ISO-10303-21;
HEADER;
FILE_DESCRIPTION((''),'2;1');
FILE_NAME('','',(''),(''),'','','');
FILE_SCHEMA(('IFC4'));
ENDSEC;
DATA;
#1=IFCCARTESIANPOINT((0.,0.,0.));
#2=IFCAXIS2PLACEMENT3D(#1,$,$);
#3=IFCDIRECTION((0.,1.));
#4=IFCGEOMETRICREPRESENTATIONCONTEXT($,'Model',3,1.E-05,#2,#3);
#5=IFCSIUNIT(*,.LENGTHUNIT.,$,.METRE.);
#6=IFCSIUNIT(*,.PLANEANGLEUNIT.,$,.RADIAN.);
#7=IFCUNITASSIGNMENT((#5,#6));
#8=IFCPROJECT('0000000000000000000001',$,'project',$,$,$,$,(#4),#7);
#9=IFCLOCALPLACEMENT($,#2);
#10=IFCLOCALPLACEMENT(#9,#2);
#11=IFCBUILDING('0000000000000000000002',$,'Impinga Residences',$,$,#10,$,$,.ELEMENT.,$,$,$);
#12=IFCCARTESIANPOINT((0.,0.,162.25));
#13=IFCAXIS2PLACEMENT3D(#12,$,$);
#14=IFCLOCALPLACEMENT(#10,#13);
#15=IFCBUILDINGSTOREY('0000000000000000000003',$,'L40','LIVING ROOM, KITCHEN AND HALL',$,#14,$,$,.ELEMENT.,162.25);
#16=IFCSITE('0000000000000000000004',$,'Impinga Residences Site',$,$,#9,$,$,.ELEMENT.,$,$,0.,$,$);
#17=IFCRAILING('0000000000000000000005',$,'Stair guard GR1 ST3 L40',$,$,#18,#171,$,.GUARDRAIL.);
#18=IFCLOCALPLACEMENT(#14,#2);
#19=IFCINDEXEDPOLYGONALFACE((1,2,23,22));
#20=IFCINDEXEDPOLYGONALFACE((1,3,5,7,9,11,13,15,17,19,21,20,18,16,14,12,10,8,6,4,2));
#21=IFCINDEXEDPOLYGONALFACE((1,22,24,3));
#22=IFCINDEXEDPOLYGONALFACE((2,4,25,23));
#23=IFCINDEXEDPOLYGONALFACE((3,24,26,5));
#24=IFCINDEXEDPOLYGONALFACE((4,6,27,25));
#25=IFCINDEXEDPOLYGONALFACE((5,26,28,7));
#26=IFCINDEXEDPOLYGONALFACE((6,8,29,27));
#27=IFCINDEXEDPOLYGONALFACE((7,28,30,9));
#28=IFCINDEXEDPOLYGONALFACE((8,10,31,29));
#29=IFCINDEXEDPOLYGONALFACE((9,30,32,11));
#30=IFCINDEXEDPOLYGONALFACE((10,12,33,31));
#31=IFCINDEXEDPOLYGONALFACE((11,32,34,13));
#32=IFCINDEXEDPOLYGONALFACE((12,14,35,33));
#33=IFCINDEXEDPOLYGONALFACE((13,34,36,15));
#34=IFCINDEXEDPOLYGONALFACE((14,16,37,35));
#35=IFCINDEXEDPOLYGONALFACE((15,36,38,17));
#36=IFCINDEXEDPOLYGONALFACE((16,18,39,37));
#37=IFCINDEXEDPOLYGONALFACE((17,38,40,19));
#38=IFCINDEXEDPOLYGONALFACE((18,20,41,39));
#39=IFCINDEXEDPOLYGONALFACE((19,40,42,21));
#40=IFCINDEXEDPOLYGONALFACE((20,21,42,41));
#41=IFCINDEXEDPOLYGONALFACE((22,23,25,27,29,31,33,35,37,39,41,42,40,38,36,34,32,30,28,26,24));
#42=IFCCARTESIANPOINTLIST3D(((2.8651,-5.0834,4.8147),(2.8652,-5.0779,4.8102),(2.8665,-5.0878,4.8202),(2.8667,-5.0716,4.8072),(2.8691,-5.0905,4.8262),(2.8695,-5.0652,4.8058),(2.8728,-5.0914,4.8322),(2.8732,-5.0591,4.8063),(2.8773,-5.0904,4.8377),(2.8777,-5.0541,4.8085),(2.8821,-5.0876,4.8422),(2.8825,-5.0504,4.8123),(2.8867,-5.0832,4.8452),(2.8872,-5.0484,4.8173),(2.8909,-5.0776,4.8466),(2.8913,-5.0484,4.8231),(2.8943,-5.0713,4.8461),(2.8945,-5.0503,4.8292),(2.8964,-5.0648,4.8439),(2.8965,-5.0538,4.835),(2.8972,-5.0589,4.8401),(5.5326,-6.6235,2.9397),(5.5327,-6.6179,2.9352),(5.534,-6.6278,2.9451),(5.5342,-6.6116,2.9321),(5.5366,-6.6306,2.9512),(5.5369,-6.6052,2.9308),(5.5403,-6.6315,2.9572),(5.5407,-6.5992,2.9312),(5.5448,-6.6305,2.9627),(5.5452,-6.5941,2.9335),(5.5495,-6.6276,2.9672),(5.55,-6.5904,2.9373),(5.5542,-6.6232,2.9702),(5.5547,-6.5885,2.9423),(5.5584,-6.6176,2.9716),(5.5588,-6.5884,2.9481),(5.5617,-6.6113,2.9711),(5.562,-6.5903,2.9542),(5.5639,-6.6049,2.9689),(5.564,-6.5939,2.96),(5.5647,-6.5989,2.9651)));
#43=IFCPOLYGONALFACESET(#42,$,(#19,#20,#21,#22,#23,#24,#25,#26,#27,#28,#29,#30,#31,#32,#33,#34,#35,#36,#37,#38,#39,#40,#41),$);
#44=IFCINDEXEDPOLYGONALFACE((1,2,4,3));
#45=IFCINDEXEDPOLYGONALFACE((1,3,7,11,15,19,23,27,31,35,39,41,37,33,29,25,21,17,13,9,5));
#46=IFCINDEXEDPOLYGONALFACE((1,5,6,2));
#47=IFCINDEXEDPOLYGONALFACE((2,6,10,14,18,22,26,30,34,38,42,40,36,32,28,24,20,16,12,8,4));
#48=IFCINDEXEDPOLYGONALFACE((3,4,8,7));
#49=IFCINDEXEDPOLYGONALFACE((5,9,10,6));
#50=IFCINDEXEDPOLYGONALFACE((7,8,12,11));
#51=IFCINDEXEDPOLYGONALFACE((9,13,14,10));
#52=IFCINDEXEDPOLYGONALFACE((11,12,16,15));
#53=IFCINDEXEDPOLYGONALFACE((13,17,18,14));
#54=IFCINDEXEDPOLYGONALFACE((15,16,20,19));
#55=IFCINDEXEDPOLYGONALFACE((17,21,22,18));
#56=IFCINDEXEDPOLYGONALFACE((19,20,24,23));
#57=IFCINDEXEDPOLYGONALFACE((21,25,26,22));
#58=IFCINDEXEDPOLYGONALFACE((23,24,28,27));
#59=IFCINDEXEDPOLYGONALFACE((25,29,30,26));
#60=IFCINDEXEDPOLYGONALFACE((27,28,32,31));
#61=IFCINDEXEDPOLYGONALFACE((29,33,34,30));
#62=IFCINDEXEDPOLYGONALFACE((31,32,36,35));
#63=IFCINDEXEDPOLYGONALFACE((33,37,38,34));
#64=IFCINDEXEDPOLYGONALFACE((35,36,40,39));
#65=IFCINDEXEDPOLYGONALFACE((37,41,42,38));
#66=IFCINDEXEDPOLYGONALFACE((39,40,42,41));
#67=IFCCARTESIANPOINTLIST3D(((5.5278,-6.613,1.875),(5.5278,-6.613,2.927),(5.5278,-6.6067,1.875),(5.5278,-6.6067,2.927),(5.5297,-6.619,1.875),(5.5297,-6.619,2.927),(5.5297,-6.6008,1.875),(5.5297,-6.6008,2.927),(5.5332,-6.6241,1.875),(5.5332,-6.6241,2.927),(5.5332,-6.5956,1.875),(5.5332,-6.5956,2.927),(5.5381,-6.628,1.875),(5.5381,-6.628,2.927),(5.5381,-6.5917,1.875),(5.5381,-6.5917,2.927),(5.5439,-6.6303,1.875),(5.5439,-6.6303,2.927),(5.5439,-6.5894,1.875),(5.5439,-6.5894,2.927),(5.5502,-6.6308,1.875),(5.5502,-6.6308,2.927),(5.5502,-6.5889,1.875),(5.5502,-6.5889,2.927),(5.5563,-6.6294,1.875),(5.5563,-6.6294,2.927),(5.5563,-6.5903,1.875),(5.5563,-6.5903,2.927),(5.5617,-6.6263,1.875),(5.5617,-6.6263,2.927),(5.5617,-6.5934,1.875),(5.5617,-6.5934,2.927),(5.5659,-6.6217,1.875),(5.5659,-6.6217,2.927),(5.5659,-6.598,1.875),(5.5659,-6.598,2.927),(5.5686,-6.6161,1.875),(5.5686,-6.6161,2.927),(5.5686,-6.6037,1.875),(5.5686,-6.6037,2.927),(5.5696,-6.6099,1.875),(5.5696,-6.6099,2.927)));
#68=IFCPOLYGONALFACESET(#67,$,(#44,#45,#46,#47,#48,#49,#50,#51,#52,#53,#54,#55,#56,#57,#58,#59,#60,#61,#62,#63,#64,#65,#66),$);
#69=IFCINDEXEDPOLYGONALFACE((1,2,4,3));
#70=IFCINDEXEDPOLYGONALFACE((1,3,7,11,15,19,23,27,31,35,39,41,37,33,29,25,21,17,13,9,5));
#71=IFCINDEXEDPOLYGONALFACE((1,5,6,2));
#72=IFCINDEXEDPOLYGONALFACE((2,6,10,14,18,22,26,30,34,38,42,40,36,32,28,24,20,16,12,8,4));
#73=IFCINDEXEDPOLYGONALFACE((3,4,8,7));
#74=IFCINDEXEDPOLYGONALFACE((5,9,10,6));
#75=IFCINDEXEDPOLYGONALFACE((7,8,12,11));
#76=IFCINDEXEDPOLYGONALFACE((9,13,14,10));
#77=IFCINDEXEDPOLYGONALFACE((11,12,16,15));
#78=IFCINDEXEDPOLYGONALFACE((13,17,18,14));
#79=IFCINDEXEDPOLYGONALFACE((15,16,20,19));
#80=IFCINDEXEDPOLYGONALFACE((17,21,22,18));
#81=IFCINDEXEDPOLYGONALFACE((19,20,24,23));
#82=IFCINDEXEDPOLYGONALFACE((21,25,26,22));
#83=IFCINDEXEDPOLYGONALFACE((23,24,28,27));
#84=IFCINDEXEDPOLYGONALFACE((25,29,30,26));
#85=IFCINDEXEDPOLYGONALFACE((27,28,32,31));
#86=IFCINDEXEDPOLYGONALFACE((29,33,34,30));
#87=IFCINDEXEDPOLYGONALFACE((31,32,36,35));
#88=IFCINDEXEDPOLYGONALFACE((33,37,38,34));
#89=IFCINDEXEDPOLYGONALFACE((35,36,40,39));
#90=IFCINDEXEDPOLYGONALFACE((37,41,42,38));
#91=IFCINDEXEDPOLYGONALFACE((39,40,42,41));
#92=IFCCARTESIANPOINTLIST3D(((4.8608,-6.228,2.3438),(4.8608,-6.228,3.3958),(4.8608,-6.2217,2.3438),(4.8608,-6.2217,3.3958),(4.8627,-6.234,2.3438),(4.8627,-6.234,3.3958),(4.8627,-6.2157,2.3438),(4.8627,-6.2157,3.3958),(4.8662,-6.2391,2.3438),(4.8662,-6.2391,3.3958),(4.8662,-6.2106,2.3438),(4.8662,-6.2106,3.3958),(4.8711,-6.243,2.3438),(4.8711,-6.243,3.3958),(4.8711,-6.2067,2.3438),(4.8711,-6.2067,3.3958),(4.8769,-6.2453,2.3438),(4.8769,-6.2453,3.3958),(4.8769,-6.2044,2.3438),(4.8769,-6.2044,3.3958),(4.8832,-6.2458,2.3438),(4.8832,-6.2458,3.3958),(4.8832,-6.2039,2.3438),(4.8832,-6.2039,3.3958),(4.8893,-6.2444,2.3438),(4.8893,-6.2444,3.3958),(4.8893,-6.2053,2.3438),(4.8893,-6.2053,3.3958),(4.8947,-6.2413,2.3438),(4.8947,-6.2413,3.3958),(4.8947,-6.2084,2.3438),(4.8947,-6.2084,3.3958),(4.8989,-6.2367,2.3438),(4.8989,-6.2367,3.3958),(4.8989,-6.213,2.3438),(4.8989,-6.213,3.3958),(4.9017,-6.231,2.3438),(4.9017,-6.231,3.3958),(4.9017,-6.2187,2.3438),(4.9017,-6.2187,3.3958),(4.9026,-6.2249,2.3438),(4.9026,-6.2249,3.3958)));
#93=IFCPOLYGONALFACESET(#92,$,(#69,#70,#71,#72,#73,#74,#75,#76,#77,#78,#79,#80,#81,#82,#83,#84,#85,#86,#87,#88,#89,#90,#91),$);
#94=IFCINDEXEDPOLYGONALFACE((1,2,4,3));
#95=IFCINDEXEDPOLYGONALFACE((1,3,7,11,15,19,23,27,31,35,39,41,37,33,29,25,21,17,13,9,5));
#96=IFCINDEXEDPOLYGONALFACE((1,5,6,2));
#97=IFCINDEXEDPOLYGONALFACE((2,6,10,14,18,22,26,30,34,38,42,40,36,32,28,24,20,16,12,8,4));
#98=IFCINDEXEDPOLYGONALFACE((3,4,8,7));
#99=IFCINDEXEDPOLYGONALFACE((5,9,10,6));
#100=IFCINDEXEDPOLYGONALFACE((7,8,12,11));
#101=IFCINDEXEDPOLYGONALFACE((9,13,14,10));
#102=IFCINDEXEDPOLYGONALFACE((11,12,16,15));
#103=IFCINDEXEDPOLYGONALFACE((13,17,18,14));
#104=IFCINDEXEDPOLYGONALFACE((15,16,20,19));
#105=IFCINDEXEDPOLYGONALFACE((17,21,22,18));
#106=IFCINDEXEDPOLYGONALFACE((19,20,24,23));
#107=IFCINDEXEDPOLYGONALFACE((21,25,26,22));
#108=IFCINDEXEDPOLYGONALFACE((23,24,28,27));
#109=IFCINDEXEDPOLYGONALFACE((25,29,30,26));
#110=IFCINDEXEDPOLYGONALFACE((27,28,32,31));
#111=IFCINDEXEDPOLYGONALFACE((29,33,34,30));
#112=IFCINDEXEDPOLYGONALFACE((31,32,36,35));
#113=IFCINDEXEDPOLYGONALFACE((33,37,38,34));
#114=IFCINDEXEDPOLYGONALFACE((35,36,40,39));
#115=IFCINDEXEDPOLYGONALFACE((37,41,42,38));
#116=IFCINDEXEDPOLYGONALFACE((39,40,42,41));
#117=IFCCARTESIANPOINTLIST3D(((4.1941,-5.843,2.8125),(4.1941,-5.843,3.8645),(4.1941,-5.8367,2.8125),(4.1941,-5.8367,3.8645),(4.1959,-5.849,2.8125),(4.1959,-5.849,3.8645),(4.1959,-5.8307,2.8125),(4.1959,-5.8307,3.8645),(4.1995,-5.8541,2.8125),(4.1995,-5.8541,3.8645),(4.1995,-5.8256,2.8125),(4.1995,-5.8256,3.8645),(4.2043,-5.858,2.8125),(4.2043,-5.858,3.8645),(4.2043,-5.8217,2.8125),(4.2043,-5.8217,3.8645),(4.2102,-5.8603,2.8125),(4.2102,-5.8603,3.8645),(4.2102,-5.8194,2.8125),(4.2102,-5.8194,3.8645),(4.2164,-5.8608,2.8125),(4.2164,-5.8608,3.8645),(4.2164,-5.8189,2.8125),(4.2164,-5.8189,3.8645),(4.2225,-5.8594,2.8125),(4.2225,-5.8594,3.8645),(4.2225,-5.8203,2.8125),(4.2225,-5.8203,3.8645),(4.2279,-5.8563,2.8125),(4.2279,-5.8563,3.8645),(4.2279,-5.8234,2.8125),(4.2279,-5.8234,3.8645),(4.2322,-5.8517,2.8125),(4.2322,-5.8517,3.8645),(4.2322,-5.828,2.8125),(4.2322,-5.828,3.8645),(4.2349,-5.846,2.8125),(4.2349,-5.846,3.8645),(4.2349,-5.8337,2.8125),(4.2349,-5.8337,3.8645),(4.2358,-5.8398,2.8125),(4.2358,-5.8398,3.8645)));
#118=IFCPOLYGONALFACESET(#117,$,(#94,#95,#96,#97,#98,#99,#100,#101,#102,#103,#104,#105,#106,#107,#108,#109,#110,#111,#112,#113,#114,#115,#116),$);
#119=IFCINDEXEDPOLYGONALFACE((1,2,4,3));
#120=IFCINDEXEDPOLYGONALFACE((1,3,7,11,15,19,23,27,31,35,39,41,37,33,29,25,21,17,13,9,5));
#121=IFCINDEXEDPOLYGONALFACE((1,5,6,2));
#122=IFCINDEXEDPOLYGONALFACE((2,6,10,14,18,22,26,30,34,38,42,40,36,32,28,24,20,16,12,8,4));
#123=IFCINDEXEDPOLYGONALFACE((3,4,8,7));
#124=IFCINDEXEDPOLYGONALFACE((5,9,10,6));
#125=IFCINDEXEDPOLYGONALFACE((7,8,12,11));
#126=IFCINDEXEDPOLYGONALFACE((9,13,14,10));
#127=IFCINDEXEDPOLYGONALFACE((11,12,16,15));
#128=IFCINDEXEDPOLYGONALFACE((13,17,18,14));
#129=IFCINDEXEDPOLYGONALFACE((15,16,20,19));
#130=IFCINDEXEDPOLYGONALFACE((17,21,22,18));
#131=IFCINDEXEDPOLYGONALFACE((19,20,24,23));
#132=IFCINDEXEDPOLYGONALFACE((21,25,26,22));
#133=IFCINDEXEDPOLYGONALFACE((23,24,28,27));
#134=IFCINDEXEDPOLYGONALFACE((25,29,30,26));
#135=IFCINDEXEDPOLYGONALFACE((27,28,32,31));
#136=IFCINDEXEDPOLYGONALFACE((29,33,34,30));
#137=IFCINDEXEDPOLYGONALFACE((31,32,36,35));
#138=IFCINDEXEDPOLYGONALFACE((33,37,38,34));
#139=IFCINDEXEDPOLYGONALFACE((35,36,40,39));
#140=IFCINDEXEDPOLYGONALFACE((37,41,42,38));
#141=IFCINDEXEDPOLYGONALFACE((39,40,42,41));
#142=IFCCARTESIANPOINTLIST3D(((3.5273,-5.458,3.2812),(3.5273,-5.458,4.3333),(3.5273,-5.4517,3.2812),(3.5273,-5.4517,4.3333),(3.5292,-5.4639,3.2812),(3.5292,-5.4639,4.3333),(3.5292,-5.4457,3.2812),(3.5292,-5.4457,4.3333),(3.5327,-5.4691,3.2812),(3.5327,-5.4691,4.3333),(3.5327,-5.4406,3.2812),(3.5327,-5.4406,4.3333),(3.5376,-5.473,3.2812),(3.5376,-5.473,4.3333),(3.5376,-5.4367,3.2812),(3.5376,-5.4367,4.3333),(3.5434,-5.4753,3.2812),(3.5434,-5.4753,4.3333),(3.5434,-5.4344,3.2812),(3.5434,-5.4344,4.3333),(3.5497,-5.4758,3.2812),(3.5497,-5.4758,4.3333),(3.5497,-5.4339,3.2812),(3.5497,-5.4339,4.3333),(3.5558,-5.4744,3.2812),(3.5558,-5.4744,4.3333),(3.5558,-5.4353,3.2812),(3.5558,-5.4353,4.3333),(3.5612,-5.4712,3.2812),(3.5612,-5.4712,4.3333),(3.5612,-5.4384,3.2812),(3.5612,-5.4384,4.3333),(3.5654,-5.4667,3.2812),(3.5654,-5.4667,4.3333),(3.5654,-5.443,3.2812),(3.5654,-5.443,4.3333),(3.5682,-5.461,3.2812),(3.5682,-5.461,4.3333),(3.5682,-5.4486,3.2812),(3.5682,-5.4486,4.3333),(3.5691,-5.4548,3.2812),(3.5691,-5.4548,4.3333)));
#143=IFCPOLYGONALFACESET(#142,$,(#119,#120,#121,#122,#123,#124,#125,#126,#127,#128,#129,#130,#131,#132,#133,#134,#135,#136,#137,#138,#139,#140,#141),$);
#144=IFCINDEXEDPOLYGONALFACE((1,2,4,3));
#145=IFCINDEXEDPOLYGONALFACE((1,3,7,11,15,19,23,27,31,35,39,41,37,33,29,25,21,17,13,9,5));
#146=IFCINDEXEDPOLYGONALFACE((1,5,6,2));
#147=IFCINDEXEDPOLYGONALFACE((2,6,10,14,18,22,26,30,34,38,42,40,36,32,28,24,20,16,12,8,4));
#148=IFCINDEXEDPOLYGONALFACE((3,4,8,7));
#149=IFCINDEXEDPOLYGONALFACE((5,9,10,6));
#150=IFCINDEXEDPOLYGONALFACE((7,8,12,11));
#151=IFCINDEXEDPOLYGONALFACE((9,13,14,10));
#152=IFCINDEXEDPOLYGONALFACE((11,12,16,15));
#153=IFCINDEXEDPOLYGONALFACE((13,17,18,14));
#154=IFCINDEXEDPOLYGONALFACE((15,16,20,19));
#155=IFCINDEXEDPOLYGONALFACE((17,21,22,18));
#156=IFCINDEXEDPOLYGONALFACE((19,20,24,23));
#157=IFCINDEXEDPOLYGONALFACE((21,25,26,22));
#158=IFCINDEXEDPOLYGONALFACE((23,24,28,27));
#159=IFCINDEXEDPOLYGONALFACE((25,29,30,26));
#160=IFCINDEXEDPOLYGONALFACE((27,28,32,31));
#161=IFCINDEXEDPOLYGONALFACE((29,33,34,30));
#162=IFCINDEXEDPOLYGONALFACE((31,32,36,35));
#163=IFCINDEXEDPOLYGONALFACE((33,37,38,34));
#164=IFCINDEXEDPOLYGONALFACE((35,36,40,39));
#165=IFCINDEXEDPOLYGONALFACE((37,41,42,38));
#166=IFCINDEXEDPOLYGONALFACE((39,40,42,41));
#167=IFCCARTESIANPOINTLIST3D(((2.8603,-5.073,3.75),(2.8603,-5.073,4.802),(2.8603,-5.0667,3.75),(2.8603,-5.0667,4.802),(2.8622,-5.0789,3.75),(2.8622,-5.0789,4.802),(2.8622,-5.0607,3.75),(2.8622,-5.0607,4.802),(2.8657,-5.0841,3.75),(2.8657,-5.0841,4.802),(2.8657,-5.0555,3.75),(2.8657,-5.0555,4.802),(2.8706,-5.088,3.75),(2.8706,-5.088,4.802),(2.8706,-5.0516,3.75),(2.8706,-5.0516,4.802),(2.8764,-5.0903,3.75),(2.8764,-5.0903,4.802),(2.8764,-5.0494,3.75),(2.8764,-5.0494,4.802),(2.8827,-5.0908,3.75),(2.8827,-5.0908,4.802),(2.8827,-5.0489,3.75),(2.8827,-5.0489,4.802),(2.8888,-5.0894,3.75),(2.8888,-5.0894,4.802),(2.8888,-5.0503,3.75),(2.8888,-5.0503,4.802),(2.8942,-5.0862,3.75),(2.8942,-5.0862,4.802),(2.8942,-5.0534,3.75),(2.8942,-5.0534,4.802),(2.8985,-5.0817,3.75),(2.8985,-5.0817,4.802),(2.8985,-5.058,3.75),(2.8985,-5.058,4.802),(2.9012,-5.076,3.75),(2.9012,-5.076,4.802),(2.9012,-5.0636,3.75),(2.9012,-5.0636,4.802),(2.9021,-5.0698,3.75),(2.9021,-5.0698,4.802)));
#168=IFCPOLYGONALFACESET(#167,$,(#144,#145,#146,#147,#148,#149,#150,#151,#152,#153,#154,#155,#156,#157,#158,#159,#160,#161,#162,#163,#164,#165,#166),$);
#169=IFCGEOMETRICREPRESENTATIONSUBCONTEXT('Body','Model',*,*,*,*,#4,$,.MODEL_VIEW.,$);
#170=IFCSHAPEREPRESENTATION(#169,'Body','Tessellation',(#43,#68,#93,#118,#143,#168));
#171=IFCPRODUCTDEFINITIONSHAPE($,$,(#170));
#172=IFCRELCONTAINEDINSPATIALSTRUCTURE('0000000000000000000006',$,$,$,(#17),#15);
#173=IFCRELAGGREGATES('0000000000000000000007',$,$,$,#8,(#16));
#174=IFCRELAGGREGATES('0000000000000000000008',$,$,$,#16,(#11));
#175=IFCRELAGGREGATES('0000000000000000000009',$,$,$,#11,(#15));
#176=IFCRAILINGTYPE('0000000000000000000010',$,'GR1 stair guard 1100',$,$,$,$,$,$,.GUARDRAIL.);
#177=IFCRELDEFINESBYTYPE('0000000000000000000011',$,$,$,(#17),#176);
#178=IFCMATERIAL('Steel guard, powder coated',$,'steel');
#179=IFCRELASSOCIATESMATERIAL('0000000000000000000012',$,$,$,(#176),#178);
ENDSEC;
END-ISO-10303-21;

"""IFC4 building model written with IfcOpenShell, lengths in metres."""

from ifc_helpers import new_model, si_unit, direction, frame, origin, origin_2d, place, context, subcontext, project, spatial, circle, extrude, material, type_object, element, save


model = new_model("IFC4")

# Units and contexts
model_context = context("Model", 3, precision=1e-05, world=origin(), true_north=direction((0.0, 1.0)))
body_context = subcontext(model_context, "Body", "Model", "MODEL_VIEW")
ifc_project = project(units=[si_unit("LENGTHUNIT", "METRE"), si_unit("PLANEANGLEUNIT", "RADIAN")], contexts=[model_context])

# Site, building, storey
site_placement = place(None, origin())
site = spatial("IfcSite", under=ifc_project, at=site_placement, Name="Impinga Residences Site", CompositionType="ELEMENT", RefElevation=0.0)
building_placement = place(site_placement, origin())
building = spatial("IfcBuilding", under=site, at=building_placement, Name="Impinga Residences", CompositionType="ELEMENT")
storey_placement = place(building_placement, frame((0.0, 0.0, 162.25)))
storey = spatial("IfcBuildingStorey", under=building, at=storey_placement, Name="L40", Description="LIVING ROOM, KITCHEN AND HALL", CompositionType="ELEMENT", Elevation=162.25)

# Railing
ifc_material_1 = material(Name="Steel guard, powder coated", Category="steel")
railing_type_1 = type_object("IfcRailingType", Name="GR1 stair guard 1100", PredefinedType="GUARDRAIL", material=ifc_material_1)
railing_1_placement = place(storey_placement, frame((5.5486, -6.6099, 1.875)))
element("IfcRailing", 1, at=railing_1_placement, inside=storey, type_object=railing_type_1, Name="Stair guard GR1 ST3 L40", PredefinedType="GUARDRAIL", context=body_context, shape_type="SweptSolid", body=[
    extrude(circle(Radius=0.0239, at=origin_2d()), frame((0.0, 0.0, 1.0762), z_axis=(-0.739746, 0.427084, 0.519975), x_axis=(-0.499992, -0.86603, 0.0)), (0.0, 0.0, 1.0), 3.606),
    extrude(circle(Radius=0.021, at=origin_2d()), origin(), (0.0, 0.0, 1.0), 1.052),
    extrude(circle(Radius=0.021, at=origin_2d()), frame((-0.667, 0.385, 0.4688)), (0.0, 0.0, 1.0), 1.052),
    extrude(circle(Radius=0.021, at=origin_2d()), frame((-1.3337, 0.77, 0.9375)), (0.0, 0.0, 1.0), 1.052),
    extrude(circle(Radius=0.021, at=origin_2d()), frame((-2.0005, 1.155, 1.4062)), (0.0, 0.0, 1.0), 1.052),
    extrude(circle(Radius=0.021, at=origin_2d()), frame((-2.6675, 1.54, 1.875)), (0.0, 0.0, 1.0), 1.052),
])

save(model, "model.ifc")
